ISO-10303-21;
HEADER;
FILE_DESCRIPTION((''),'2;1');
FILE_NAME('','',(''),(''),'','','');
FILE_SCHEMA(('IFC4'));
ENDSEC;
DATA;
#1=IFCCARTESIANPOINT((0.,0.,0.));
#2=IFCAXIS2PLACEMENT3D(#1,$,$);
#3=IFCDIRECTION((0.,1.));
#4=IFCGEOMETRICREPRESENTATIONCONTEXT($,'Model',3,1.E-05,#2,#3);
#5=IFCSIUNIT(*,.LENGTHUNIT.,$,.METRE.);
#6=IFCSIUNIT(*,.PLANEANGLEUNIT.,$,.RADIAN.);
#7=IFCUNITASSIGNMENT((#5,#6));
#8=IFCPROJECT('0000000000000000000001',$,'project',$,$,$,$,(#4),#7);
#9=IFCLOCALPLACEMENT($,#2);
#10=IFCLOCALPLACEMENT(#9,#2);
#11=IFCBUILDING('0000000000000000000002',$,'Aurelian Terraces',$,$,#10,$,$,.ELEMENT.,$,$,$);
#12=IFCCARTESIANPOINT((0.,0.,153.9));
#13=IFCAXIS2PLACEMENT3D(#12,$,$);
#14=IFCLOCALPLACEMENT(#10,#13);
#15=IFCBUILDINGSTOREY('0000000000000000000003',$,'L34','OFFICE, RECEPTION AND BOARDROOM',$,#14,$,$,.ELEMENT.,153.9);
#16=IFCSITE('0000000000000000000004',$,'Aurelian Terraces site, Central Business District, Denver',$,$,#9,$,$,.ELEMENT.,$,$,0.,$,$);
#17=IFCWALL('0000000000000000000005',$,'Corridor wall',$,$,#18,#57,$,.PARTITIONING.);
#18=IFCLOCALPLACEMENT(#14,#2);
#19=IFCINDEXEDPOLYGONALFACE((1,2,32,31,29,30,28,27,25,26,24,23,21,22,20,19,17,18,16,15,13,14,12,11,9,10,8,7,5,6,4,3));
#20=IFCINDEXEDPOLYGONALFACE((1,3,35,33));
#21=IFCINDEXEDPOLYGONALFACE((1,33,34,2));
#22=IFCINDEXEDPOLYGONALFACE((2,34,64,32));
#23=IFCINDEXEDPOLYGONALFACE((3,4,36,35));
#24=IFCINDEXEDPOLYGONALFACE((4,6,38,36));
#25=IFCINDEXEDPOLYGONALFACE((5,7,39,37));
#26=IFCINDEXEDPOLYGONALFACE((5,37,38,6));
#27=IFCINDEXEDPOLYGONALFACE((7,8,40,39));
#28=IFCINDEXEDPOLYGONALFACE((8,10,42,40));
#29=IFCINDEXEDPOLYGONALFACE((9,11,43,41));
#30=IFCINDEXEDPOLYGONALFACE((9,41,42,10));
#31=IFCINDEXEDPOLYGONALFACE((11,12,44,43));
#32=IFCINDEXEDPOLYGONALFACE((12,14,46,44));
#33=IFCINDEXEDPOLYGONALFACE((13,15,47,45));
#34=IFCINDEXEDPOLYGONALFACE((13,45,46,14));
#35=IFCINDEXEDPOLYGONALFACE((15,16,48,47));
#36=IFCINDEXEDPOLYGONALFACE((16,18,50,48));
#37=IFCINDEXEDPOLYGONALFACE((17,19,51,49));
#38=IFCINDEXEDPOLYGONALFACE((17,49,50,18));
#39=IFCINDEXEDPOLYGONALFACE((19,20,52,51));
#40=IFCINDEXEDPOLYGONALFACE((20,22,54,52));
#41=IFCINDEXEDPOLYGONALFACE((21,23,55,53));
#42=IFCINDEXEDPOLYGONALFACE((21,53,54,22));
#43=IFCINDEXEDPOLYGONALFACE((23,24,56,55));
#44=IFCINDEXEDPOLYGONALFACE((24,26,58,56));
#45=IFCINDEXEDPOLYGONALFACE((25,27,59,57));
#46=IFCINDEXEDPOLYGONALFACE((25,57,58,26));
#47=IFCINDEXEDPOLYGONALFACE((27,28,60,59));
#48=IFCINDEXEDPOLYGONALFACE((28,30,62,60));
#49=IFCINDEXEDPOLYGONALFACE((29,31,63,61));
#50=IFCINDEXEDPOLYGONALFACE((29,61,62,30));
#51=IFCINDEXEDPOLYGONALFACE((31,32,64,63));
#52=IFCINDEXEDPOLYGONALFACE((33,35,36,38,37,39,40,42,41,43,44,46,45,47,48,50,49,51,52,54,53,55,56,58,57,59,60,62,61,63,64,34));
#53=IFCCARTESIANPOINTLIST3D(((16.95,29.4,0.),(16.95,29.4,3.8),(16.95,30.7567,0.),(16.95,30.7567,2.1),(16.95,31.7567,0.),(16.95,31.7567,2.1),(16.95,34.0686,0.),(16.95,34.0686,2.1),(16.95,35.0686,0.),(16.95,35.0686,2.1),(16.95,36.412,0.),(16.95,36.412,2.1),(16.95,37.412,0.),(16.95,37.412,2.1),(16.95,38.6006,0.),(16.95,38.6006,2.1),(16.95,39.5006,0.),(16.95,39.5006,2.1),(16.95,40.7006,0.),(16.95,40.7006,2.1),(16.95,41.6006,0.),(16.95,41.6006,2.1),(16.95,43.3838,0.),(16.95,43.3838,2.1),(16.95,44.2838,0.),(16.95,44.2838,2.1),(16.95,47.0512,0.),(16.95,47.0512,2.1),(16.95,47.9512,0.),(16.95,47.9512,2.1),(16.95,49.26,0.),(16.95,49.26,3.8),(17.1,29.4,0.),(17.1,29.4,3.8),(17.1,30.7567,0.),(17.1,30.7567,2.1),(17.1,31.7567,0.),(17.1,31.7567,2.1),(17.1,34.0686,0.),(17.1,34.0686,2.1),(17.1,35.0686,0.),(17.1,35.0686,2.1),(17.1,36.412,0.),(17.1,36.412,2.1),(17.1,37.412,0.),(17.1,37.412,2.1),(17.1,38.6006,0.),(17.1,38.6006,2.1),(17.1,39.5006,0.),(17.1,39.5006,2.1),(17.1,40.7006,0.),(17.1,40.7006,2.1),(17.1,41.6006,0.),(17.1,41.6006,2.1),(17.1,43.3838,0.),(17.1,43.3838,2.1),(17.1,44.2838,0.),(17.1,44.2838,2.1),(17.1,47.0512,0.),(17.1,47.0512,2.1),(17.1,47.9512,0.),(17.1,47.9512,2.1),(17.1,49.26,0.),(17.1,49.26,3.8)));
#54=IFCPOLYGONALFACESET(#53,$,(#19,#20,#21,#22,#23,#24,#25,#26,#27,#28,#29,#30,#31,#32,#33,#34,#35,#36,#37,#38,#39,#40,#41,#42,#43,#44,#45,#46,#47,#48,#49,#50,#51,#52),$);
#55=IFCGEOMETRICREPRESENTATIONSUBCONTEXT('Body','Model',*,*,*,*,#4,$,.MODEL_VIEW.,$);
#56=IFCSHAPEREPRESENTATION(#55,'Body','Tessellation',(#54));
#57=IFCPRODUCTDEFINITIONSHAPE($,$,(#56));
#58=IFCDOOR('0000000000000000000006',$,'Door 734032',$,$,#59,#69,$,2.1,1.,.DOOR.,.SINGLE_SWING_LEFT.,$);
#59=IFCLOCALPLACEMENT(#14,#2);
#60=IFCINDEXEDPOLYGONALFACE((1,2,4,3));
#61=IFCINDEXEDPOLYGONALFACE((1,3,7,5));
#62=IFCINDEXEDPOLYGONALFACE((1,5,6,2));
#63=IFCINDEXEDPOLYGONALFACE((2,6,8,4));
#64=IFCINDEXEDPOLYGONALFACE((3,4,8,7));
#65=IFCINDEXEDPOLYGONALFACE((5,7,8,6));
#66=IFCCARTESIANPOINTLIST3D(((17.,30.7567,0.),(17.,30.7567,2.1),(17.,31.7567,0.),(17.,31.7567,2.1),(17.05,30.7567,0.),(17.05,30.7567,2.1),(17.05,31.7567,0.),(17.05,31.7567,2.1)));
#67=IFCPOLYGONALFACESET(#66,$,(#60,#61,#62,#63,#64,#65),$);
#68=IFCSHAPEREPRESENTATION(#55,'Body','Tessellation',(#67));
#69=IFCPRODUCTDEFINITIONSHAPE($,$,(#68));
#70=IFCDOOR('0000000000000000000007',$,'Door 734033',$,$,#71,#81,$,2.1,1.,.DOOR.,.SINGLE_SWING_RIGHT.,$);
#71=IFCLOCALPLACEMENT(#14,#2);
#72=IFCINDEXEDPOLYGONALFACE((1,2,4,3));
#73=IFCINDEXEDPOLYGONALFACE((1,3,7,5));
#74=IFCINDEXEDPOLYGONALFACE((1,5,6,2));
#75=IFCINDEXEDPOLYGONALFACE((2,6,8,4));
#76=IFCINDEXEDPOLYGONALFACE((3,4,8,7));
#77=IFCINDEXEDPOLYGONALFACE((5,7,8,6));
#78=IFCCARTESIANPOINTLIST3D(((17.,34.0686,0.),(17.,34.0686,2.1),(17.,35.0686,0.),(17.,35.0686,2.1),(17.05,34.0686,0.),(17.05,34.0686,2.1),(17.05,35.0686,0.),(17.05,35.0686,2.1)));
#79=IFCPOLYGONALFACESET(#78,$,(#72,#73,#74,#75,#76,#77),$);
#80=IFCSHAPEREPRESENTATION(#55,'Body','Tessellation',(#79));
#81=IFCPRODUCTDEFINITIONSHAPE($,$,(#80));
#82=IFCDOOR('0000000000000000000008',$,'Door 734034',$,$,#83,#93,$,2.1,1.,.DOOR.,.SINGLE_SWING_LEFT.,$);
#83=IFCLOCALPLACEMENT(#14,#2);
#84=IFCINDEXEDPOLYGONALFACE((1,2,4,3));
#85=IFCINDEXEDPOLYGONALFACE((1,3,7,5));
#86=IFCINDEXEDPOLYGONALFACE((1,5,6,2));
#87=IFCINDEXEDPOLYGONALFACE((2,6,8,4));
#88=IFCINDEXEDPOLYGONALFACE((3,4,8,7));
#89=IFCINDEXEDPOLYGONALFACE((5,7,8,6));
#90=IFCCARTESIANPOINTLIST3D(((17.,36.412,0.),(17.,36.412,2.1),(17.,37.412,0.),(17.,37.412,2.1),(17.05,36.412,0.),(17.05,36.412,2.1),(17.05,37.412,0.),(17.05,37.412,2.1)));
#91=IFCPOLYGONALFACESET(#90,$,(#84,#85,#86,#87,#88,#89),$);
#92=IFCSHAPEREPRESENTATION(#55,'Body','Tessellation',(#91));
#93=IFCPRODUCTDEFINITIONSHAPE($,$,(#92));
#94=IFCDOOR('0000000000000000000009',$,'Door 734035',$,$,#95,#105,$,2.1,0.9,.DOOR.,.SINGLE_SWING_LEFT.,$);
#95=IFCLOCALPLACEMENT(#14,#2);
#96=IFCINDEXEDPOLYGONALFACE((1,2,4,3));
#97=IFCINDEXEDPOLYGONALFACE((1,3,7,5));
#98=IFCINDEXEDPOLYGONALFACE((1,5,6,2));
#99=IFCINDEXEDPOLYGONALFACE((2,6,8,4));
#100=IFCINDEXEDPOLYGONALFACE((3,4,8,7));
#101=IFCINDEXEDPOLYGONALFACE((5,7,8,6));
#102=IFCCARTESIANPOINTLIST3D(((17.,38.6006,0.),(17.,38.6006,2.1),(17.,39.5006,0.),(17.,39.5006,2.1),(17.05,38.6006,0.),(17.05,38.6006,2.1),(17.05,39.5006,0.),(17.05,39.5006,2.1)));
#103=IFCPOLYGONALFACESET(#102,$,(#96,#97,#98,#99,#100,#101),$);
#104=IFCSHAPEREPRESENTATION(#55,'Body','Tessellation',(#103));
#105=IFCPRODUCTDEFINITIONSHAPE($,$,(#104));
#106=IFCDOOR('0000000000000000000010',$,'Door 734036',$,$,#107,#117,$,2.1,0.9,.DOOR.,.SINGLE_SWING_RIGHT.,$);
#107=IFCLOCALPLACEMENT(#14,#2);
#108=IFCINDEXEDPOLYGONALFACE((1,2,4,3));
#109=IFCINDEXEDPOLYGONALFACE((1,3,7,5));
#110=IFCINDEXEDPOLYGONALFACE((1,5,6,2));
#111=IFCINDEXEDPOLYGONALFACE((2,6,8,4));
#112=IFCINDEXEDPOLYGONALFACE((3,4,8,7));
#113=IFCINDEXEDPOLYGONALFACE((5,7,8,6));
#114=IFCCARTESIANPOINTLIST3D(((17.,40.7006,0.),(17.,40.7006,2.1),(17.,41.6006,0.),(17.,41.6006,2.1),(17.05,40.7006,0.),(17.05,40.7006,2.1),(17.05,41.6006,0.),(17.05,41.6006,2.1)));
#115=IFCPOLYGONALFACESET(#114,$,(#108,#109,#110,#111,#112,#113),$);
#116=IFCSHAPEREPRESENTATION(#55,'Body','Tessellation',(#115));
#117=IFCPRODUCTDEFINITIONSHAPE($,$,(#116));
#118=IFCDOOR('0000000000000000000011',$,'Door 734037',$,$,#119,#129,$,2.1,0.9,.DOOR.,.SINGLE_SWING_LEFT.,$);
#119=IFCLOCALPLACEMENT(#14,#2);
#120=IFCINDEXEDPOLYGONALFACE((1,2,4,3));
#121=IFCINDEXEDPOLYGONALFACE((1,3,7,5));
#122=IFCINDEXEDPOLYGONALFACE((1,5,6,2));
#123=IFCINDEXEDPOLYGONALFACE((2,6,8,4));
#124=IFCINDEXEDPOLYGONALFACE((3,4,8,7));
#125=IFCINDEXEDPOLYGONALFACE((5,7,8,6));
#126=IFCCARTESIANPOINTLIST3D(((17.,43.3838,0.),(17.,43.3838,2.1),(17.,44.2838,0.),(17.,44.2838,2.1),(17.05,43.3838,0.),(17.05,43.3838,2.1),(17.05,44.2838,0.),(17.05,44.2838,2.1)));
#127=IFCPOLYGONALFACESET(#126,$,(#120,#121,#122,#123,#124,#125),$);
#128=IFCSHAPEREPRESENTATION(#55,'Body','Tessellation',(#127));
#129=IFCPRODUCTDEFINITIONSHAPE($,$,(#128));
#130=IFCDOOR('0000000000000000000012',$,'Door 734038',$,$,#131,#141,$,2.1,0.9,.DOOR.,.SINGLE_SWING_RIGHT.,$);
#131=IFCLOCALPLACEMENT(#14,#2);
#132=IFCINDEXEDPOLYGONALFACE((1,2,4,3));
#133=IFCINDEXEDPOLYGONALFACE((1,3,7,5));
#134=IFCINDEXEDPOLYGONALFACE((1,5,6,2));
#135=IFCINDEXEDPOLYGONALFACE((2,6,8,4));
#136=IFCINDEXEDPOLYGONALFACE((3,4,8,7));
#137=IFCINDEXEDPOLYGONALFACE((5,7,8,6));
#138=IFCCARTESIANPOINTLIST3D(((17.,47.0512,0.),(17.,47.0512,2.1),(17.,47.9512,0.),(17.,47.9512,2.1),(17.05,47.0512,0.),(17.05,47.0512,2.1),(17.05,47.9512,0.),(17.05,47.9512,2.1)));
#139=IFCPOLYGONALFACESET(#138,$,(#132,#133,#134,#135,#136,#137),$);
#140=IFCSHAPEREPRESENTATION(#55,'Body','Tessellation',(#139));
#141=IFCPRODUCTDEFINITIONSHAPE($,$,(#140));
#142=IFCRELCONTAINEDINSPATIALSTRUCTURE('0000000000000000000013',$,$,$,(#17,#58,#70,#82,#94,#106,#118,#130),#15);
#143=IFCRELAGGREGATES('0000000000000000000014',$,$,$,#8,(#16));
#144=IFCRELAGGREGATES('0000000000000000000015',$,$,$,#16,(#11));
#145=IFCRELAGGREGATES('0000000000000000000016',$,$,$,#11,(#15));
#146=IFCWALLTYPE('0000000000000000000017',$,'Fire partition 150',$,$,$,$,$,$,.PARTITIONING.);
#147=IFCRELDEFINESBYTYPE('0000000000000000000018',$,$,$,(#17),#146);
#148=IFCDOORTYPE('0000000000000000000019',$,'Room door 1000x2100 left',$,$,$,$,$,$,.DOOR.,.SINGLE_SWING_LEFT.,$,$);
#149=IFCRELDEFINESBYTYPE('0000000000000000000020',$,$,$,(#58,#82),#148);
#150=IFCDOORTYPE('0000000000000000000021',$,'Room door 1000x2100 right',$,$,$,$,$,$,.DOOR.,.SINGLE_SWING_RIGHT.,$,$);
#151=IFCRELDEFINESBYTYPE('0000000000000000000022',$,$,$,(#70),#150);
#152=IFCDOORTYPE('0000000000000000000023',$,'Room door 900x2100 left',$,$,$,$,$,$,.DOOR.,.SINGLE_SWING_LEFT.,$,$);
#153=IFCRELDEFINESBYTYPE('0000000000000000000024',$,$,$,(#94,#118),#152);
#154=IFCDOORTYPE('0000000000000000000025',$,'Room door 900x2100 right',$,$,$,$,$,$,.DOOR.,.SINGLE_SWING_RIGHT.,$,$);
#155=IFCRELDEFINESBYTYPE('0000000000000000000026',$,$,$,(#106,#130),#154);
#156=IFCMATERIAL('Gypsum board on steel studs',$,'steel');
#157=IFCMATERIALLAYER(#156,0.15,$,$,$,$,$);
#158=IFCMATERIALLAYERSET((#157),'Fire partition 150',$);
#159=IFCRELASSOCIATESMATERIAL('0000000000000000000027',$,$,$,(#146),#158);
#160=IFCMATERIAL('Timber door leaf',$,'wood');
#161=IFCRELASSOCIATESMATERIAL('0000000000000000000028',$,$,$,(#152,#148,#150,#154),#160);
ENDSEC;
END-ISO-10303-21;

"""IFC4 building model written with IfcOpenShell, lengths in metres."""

from ifc_helpers import new_model, si_unit, direction, frame, frame_2d, origin, place, context, subcontext, project, spatial, rectangle, extrude, source, transform, mapped, material, layer, layer_set, type_object, element, fill, save


model = new_model("IFC4")

# Units and contexts
model_context = context("Model", 3, precision=1e-05, world=origin(), true_north=direction((0.0, 1.0)))
body_context = subcontext(model_context, "Body", "Model", "MODEL_VIEW")
ifc_project = project(units=[si_unit("LENGTHUNIT", "METRE"), si_unit("PLANEANGLEUNIT", "RADIAN")], contexts=[model_context])

# Site, building, storey
site_placement = place(None, origin())
site = spatial("IfcSite", under=ifc_project, at=site_placement, Name="Aurelian Terraces site, Central Business District, Denver", CompositionType="ELEMENT", RefElevation=0.0)
building_placement = place(site_placement, origin())
building = spatial("IfcBuilding", under=site, at=building_placement, Name="Aurelian Terraces", CompositionType="ELEMENT")
storey_placement = place(building_placement, frame((0.0, 0.0, 153.9)))
storey = spatial("IfcBuildingStorey", under=building, at=storey_placement, Name="L34", Description="OFFICE, RECEPTION AND BOARDROOM", CompositionType="ELEMENT", Elevation=153.9)

# Shared definitions
ifc_material_1 = material(Name="Gypsum board on steel studs", Category="steel")
ifc_layer_1 = layer(ifc_material_1, 0.15)
ifc_layer_set_1 = layer_set([ifc_layer_1], Name="Fire partition 150")
wall_type_1 = type_object("IfcWallType", Name="Fire partition 150", PredefinedType="PARTITIONING", material=ifc_layer_set_1)
shared_shape_1 = source(origin(), body_context, "Body", "SweptSolid", [
    extrude(rectangle(XDim=0.9, YDim=2.1, at=frame_2d((0.45, 1.05))), frame((0.0, 0.085, 0.0), z_axis=(0.0, -1.0, 0.0), x_axis=(1.0, 0.0, 0.0)), (0.0, 0.0, 1.0), 0.17),
])
ifc_material_2 = material(Name="Timber door leaf", Category="wood")
door_type_1 = type_object("IfcDoorType", Name="Room door 900x2100 left", OperationType="SINGLE_SWING_LEFT", PredefinedType="DOOR", material=ifc_material_2)
shared_shape_2 = source(origin(), body_context, "Body", "SweptSolid", [
    extrude(rectangle(XDim=0.9, YDim=2.1, at=frame_2d((0.45, 1.05))), frame((0.0, 0.025, 0.0), z_axis=(0.0, -1.0, 0.0), x_axis=(1.0, 0.0, 0.0)), (0.0, 0.0, 1.0), 0.05),
])

# Wall, openings, doors
shared_shape_3 = source(origin(), body_context, "Body", "SweptSolid", [
    extrude(rectangle(XDim=19.86, YDim=0.15, at=frame_2d((9.93, 0.0))), origin(), (0.0, 0.0, 1.0), 3.8),
])
wall_1_placement = place(storey_placement, frame((17.025, 49.26, 0.0), z_axis=(0.0, 0.0, 1.0), x_axis=(0.0, -1.0, 0.0)))
wall_1 = element("IfcWall", 1, at=wall_1_placement, inside=storey, type_object=wall_type_1, Name="Corridor wall", PredefinedType="PARTITIONING", context=body_context, shape_type="MappedRepresentation", body=[
    mapped(shared_shape_3, transform((0.0, 0.0, 0.0), scale=1.0)),
])
shared_shape_4 = source(origin(), body_context, "Body", "SweptSolid", [
    extrude(rectangle(XDim=1.0, YDim=2.1, at=frame_2d((0.5, 1.05))), frame((0.0, 0.085, 0.0), z_axis=(0.0, -1.0, 0.0), x_axis=(1.0, 0.0, 0.0)), (0.0, 0.0, 1.0), 0.17),
])
opening_1_placement = place(wall_1_placement, frame((17.5033, 0.0, 0.0)))
opening_1 = element("IfcOpeningElement", 2, at=opening_1_placement, cuts=wall_1, PredefinedType="OPENING", context=body_context, shape_type="MappedRepresentation", body=[
    mapped(shared_shape_4, transform((0.0, 0.0, 0.0), scale=1.0)),
])
opening_2_placement = place(wall_1_placement, frame((14.1914, 0.0, 0.0)))
opening_2 = element("IfcOpeningElement", 3, at=opening_2_placement, cuts=wall_1, PredefinedType="OPENING", context=body_context, shape_type="MappedRepresentation", body=[
    mapped(shared_shape_4, transform((0.0, 0.0, 0.0), scale=1.0)),
])
opening_3_placement = place(wall_1_placement, frame((11.848, 0.0, 0.0)))
opening_3 = element("IfcOpeningElement", 4, at=opening_3_placement, cuts=wall_1, PredefinedType="OPENING", context=body_context, shape_type="MappedRepresentation", body=[
    mapped(shared_shape_4, transform((0.0, 0.0, 0.0), scale=1.0)),
])
opening_4_placement = place(wall_1_placement, frame((9.7594, 0.0, 0.0)))
opening_4 = element("IfcOpeningElement", 5, at=opening_4_placement, cuts=wall_1, PredefinedType="OPENING", context=body_context, shape_type="MappedRepresentation", body=[
    mapped(shared_shape_1, transform((0.0, 0.0, 0.0), scale=1.0)),
])
opening_5_placement = place(wall_1_placement, frame((7.6594, 0.0, 0.0)))
opening_5 = element("IfcOpeningElement", 6, at=opening_5_placement, cuts=wall_1, PredefinedType="OPENING", context=body_context, shape_type="MappedRepresentation", body=[
    mapped(shared_shape_1, transform((0.0, 0.0, 0.0), scale=1.0)),
])
opening_6_placement = place(wall_1_placement, frame((4.9762, 0.0, 0.0)))
opening_6 = element("IfcOpeningElement", 7, at=opening_6_placement, cuts=wall_1, PredefinedType="OPENING", context=body_context, shape_type="MappedRepresentation", body=[
    mapped(shared_shape_1, transform((0.0, 0.0, 0.0), scale=1.0)),
])
opening_7_placement = place(wall_1_placement, frame((1.3088, 0.0, 0.0)))
opening_7 = element("IfcOpeningElement", 8, at=opening_7_placement, cuts=wall_1, PredefinedType="OPENING", context=body_context, shape_type="MappedRepresentation", body=[
    mapped(shared_shape_1, transform((0.0, 0.0, 0.0), scale=1.0)),
])
door_type_2 = type_object("IfcDoorType", Name="Room door 1000x2100 left", OperationType="SINGLE_SWING_LEFT", PredefinedType="DOOR", material=ifc_material_2)
shared_shape_5 = source(origin(), body_context, "Body", "SweptSolid", [
    extrude(rectangle(XDim=1.0, YDim=2.1, at=frame_2d((0.5, 1.05))), frame((0.0, 0.025, 0.0), z_axis=(0.0, -1.0, 0.0), x_axis=(1.0, 0.0, 0.0)), (0.0, 0.0, 1.0), 0.05),
])
door_1_placement = place(opening_1_placement, origin())
door_1 = element("IfcDoor", 9, at=door_1_placement, inside=storey, type_object=door_type_2, Name="Door 734032", OperationType="SINGLE_SWING_LEFT", OverallHeight=2.1, OverallWidth=1.0, PredefinedType="DOOR", context=body_context, shape_type="MappedRepresentation", body=[
    mapped(shared_shape_5, transform((0.0, 0.0, 0.0), scale=1.0)),
])
fill(opening_1, door_1)
door_type_3 = type_object("IfcDoorType", Name="Room door 1000x2100 right", OperationType="SINGLE_SWING_RIGHT", PredefinedType="DOOR", material=ifc_material_2)
door_2_placement = place(opening_2_placement, origin())
door_2 = element("IfcDoor", 10, at=door_2_placement, inside=storey, type_object=door_type_3, Name="Door 734033", OperationType="SINGLE_SWING_RIGHT", OverallHeight=2.1, OverallWidth=1.0, PredefinedType="DOOR", context=body_context, shape_type="MappedRepresentation", body=[
    mapped(shared_shape_5, transform((0.0, 0.0, 0.0), scale=1.0)),
])
fill(opening_2, door_2)
door_3_placement = place(opening_3_placement, origin())
door_3 = element("IfcDoor", 11, at=door_3_placement, inside=storey, type_object=door_type_2, Name="Door 734034", OperationType="SINGLE_SWING_LEFT", OverallHeight=2.1, OverallWidth=1.0, PredefinedType="DOOR", context=body_context, shape_type="MappedRepresentation", body=[
    mapped(shared_shape_5, transform((0.0, 0.0, 0.0), scale=1.0)),
])
fill(opening_3, door_3)
door_4_placement = place(opening_4_placement, origin())
door_4 = element("IfcDoor", 12, at=door_4_placement, inside=storey, type_object=door_type_1, Name="Door 734035", OperationType="SINGLE_SWING_LEFT", OverallHeight=2.1, OverallWidth=0.9, PredefinedType="DOOR", context=body_context, shape_type="MappedRepresentation", body=[
    mapped(shared_shape_2, transform((0.0, 0.0, 0.0), scale=1.0)),
])
fill(opening_4, door_4)
door_type_4 = type_object("IfcDoorType", Name="Room door 900x2100 right", OperationType="SINGLE_SWING_RIGHT", PredefinedType="DOOR", material=ifc_material_2)
door_5_placement = place(opening_5_placement, origin())
door_5 = element("IfcDoor", 13, at=door_5_placement, inside=storey, type_object=door_type_4, Name="Door 734036", OperationType="SINGLE_SWING_RIGHT", OverallHeight=2.1, OverallWidth=0.9, PredefinedType="DOOR", context=body_context, shape_type="MappedRepresentation", body=[
    mapped(shared_shape_2, transform((0.0, 0.0, 0.0), scale=1.0)),
])
fill(opening_5, door_5)
door_6_placement = place(opening_6_placement, origin())
door_6 = element("IfcDoor", 14, at=door_6_placement, inside=storey, type_object=door_type_1, Name="Door 734037", OperationType="SINGLE_SWING_LEFT", OverallHeight=2.1, OverallWidth=0.9, PredefinedType="DOOR", context=body_context, shape_type="MappedRepresentation", body=[
    mapped(shared_shape_2, transform((0.0, 0.0, 0.0), scale=1.0)),
])
fill(opening_6, door_6)
door_7_placement = place(opening_7_placement, origin())
door_7 = element("IfcDoor", 15, at=door_7_placement, inside=storey, type_object=door_type_4, Name="Door 734038", OperationType="SINGLE_SWING_RIGHT", OverallHeight=2.1, OverallWidth=0.9, PredefinedType="DOOR", context=body_context, shape_type="MappedRepresentation", body=[
    mapped(shared_shape_2, transform((0.0, 0.0, 0.0), scale=1.0)),
])
fill(opening_7, door_7)

save(model, "model.ifc")
